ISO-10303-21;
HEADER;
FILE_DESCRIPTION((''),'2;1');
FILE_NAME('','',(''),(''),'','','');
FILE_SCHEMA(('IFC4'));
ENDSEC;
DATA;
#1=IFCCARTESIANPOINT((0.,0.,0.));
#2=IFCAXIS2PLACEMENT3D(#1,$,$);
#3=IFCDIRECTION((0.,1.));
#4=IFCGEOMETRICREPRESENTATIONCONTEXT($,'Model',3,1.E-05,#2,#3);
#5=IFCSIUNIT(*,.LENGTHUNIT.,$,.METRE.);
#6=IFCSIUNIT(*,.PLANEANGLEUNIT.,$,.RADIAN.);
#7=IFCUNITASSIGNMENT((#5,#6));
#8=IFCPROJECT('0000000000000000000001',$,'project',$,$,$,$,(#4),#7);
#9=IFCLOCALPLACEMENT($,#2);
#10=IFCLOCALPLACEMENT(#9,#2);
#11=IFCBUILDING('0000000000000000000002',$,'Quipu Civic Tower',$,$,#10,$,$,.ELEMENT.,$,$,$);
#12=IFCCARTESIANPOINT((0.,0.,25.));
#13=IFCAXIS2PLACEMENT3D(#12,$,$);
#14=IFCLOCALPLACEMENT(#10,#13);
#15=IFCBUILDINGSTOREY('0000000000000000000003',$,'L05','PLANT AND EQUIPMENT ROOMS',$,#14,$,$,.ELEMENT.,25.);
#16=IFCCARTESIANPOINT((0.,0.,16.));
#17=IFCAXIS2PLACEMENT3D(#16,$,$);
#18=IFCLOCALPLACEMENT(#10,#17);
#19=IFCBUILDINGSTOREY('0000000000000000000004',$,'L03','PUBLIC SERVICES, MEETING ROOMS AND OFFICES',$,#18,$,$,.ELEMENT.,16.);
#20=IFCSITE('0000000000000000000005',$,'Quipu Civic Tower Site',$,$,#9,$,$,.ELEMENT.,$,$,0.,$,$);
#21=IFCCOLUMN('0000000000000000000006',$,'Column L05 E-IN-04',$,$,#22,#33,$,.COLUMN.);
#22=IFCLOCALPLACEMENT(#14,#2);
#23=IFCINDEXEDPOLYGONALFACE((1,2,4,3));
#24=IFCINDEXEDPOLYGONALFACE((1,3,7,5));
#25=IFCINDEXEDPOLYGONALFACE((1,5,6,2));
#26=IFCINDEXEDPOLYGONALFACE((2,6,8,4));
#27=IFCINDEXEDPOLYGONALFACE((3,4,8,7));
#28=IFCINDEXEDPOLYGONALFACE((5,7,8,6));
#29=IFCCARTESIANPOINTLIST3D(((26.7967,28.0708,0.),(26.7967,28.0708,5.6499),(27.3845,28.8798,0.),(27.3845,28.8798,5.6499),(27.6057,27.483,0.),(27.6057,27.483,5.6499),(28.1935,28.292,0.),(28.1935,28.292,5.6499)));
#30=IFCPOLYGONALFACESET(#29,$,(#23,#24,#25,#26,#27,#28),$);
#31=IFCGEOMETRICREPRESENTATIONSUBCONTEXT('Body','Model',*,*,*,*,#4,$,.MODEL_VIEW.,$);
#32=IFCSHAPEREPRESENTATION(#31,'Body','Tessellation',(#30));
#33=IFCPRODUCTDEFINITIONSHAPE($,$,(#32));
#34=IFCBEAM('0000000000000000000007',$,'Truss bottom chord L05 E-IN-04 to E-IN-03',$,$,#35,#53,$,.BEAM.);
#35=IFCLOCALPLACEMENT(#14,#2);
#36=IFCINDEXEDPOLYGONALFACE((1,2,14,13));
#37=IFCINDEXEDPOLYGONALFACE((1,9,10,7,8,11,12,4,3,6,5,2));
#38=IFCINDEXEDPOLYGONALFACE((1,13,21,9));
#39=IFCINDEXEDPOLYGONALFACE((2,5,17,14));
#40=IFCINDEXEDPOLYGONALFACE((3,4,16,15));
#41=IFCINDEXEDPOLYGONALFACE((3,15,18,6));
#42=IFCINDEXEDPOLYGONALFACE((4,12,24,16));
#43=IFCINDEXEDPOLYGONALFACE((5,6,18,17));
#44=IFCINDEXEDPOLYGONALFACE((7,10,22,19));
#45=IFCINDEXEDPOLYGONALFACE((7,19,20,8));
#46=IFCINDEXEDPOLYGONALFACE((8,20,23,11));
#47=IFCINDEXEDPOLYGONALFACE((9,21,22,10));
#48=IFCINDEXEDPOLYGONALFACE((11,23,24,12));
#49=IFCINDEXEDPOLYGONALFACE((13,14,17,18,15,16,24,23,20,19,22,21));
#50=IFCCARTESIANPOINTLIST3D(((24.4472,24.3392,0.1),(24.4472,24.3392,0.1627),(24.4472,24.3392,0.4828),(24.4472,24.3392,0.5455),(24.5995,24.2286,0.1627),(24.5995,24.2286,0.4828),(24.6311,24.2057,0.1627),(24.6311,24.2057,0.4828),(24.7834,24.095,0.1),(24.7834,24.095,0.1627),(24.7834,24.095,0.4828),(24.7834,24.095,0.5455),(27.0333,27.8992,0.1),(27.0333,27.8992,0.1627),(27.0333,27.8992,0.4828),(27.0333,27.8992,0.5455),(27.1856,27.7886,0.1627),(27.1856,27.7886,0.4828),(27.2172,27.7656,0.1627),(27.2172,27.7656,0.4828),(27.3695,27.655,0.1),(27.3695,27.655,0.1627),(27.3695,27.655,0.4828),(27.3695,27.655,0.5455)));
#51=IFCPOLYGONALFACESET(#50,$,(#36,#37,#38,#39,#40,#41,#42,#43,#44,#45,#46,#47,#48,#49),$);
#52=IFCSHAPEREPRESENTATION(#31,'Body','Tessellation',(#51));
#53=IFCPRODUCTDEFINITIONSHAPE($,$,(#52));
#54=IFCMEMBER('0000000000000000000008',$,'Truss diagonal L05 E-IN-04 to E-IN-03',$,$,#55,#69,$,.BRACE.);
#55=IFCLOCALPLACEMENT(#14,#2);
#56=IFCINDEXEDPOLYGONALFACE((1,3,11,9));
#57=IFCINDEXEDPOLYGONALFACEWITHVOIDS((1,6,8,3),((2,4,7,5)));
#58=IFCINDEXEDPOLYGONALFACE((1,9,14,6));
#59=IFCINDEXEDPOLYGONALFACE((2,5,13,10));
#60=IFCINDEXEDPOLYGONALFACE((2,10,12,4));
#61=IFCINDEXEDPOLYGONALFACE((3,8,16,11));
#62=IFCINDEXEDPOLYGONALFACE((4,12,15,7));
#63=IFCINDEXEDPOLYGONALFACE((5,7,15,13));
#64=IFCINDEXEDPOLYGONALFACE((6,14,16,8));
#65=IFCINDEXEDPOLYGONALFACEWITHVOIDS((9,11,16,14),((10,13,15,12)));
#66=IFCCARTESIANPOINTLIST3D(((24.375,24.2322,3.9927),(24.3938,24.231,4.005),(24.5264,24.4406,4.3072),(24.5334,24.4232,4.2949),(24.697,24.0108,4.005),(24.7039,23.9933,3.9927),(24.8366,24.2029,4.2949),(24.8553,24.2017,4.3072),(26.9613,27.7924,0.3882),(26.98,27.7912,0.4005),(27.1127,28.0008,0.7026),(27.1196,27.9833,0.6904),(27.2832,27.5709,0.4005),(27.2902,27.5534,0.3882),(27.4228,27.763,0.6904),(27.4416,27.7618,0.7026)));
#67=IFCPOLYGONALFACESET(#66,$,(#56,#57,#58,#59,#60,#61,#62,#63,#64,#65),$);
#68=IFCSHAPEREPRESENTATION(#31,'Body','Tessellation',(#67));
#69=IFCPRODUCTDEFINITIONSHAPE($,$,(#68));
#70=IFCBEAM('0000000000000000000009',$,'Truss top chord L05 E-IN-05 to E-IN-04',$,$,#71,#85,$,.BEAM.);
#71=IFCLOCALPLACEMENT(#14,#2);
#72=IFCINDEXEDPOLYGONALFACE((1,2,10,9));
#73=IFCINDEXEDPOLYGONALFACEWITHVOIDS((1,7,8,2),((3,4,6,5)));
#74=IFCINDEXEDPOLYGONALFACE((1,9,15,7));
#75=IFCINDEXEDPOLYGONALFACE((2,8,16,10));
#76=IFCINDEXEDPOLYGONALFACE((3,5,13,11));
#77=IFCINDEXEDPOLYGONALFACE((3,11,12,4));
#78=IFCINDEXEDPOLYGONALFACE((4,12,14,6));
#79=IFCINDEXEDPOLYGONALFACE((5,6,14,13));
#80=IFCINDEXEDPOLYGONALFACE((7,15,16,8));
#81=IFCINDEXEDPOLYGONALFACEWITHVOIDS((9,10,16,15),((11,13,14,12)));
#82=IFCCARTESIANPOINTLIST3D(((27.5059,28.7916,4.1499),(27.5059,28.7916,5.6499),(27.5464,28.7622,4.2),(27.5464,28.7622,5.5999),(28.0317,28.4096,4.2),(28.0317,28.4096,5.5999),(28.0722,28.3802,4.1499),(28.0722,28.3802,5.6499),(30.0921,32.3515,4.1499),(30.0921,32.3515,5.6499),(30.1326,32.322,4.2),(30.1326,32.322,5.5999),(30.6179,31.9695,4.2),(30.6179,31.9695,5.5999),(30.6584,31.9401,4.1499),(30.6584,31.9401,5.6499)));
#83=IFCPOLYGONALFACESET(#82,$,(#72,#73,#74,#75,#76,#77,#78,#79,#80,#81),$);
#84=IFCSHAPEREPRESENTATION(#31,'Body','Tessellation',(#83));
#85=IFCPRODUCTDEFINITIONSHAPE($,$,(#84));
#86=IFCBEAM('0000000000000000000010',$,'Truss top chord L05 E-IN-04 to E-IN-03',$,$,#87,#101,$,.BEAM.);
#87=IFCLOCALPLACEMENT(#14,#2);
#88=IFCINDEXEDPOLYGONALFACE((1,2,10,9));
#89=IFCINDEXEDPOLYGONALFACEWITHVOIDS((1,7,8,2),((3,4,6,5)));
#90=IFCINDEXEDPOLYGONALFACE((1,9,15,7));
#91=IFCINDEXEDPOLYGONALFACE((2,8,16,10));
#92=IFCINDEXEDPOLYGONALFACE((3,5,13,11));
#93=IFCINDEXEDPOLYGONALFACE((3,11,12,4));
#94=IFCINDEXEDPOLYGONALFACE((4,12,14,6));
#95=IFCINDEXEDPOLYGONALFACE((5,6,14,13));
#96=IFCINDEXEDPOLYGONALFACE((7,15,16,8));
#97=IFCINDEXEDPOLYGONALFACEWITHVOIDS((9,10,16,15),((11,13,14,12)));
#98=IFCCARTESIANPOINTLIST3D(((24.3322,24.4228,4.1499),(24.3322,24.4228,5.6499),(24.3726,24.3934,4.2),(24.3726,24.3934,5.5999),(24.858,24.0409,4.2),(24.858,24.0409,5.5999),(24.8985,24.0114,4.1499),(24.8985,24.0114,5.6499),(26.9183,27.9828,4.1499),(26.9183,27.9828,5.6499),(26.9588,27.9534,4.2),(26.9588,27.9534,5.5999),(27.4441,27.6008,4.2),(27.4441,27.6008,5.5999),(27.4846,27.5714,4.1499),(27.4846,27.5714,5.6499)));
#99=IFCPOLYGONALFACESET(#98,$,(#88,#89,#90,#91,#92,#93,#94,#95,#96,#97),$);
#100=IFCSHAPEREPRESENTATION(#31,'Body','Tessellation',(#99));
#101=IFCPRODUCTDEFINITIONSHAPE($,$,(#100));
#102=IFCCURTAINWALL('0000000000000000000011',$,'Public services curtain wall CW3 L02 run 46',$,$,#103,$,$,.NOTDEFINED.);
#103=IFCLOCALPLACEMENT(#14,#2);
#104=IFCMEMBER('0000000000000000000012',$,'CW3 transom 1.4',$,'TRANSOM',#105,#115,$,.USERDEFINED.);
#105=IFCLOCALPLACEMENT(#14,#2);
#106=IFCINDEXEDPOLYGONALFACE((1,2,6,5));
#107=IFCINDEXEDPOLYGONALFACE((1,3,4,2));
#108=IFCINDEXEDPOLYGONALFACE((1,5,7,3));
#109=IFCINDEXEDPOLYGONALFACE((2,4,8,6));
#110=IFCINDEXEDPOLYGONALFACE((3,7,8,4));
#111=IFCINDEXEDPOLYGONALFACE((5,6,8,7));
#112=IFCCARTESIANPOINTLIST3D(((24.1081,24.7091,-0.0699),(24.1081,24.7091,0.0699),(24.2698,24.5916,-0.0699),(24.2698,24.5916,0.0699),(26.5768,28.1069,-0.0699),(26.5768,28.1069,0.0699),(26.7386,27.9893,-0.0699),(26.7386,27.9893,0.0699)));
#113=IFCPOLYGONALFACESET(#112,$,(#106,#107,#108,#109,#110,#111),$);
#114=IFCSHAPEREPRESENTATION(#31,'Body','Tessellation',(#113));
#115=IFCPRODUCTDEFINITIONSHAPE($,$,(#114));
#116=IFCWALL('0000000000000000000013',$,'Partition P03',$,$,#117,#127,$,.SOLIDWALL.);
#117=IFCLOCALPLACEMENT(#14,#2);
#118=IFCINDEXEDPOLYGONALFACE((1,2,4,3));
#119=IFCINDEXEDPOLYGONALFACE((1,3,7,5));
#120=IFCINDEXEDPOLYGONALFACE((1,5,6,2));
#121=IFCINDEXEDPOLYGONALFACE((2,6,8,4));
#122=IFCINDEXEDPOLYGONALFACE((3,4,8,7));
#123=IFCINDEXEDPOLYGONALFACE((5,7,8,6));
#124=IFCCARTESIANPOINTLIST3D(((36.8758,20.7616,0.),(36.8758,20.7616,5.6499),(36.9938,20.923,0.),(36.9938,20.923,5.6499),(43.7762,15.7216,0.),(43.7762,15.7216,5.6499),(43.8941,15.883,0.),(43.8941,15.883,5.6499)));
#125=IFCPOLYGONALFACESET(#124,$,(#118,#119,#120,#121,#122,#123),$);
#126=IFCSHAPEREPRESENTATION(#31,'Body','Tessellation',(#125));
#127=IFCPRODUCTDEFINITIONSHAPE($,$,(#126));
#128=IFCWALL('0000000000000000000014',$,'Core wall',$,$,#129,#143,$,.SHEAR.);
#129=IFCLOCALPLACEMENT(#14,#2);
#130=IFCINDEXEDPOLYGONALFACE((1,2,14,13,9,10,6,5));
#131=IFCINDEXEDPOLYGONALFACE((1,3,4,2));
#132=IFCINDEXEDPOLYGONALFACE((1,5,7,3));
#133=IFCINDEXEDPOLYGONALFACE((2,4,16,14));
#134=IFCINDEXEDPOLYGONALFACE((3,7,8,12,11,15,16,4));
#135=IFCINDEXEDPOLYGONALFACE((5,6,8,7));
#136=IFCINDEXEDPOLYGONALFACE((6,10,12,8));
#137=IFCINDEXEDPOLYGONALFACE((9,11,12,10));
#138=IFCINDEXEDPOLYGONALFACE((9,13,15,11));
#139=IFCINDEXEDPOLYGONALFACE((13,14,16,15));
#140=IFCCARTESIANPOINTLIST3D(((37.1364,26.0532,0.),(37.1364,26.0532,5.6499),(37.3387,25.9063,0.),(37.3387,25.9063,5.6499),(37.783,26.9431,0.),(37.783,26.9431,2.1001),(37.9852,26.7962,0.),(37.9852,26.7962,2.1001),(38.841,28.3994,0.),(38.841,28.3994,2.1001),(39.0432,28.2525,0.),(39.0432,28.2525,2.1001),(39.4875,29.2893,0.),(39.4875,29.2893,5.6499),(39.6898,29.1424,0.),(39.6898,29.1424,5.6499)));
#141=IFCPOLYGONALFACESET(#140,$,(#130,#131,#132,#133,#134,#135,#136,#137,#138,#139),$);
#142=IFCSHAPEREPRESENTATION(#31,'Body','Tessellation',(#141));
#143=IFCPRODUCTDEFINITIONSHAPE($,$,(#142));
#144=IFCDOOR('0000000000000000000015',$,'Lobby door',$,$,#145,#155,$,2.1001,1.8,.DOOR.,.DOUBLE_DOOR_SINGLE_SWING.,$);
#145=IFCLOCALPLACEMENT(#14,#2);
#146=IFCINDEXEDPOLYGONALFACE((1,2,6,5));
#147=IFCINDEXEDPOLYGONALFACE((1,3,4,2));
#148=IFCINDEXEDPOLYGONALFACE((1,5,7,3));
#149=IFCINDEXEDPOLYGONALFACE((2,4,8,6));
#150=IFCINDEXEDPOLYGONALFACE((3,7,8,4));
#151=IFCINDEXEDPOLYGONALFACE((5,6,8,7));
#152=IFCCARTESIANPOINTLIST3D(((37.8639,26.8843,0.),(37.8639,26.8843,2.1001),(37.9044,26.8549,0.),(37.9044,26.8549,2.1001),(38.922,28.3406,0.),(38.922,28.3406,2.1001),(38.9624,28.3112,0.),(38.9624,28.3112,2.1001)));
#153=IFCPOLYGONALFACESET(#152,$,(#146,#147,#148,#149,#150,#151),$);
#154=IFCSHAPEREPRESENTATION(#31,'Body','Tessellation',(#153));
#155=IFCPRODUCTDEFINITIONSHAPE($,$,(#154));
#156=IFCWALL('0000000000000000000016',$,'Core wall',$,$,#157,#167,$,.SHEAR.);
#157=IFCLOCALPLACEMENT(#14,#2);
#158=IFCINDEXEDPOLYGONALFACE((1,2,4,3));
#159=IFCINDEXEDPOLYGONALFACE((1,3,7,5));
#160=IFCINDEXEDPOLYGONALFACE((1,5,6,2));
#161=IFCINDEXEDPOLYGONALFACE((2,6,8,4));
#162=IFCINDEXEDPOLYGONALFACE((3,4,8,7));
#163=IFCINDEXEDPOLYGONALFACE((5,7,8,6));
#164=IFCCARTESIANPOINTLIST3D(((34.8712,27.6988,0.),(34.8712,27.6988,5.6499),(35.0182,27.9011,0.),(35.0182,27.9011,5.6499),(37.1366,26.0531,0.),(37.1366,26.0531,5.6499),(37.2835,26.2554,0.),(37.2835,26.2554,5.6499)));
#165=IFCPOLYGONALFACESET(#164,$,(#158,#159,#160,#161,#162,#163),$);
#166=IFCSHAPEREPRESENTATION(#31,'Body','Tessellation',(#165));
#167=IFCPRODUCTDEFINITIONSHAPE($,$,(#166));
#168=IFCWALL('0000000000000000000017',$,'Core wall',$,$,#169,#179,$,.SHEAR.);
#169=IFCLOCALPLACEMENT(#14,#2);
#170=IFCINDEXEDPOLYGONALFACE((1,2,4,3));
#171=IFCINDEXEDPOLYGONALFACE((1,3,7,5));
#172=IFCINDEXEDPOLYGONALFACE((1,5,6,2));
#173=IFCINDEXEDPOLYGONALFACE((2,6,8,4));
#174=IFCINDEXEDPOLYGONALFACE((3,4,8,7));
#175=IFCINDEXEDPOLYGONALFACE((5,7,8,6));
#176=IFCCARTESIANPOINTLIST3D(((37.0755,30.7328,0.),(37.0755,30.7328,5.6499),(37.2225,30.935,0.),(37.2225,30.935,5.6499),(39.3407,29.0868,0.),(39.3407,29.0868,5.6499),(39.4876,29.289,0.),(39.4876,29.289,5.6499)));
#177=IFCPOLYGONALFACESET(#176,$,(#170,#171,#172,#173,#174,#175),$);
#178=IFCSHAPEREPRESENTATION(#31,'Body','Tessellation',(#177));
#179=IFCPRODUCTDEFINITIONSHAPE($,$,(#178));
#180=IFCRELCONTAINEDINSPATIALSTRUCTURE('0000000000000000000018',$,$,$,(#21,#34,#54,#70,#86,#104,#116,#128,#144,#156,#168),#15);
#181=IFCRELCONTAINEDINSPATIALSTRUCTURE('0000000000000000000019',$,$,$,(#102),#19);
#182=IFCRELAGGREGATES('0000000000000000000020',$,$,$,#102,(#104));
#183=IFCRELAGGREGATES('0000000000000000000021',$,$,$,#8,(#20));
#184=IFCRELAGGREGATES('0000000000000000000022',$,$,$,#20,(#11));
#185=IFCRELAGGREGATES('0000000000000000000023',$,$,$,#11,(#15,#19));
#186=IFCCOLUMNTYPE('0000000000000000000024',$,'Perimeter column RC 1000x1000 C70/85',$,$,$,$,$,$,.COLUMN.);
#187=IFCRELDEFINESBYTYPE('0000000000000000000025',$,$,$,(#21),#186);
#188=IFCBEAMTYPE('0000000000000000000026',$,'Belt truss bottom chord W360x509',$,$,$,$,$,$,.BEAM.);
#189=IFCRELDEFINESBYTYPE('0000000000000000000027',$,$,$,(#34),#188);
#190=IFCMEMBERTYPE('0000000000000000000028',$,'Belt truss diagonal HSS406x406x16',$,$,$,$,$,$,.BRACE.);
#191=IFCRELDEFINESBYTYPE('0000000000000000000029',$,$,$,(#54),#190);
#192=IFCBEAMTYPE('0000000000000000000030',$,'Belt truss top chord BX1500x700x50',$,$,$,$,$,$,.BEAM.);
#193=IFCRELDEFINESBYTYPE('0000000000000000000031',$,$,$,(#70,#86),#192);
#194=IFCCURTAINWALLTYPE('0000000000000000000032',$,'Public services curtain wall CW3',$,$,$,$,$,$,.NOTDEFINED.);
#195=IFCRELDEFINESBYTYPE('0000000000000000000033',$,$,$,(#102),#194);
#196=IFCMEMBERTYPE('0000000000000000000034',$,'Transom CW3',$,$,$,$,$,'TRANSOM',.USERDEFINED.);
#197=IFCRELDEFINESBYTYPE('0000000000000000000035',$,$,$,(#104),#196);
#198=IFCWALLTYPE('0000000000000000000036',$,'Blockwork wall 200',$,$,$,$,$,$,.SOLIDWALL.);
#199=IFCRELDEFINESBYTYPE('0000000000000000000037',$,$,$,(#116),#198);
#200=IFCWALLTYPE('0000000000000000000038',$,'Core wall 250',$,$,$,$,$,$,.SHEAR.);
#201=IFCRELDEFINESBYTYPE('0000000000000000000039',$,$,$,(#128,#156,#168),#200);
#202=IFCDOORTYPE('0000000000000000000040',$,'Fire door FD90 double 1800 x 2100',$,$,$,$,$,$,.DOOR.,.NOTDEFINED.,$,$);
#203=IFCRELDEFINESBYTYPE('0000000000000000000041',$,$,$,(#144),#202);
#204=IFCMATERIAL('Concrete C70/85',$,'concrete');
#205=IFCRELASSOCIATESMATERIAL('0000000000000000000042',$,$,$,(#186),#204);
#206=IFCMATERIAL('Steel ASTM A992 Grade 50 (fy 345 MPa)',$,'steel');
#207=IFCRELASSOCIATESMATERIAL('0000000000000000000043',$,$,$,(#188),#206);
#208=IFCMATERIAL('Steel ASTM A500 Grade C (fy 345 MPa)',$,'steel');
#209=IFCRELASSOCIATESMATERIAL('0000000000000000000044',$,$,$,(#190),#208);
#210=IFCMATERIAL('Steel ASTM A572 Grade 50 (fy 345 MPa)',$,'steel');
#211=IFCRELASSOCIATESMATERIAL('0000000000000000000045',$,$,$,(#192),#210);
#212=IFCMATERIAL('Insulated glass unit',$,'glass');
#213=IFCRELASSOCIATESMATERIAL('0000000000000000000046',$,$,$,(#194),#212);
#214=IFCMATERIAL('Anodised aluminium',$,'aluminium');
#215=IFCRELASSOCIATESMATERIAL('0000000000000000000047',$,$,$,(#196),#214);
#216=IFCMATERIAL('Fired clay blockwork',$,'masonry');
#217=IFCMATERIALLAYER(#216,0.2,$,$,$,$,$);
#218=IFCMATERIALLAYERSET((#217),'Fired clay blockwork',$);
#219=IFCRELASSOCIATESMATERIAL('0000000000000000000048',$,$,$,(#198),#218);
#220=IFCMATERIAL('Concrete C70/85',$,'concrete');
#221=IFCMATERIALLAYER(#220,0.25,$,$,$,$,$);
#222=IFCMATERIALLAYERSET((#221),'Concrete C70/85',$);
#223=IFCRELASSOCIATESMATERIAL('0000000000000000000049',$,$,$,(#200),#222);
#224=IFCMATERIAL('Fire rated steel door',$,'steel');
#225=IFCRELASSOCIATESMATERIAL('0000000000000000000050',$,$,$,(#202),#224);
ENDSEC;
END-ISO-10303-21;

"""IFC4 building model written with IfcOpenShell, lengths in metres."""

from ifc_helpers import new_model, si_unit, direction, frame, frame_2d, origin, origin_2d, place, context, subcontext, project, spatial, rectangle, hollow_rectangle, i_section, extrude, material, layer, layer_set, material_profile, profile_set, type_object, element, fill, aggregate, save


model = new_model("IFC4")

# Units and contexts
model_context = context("Model", 3, precision=1e-05, world=origin(), true_north=direction((0.0, 1.0)))
body_context = subcontext(model_context, "Body", "Model", "MODEL_VIEW")
ifc_project = project(units=[si_unit("LENGTHUNIT", "METRE"), si_unit("PLANEANGLEUNIT", "RADIAN")], contexts=[model_context])

# Site, building, storey
site_placement = place(None, origin())
site = spatial("IfcSite", under=ifc_project, at=site_placement, Name="Quipu Civic Tower Site", CompositionType="ELEMENT", RefElevation=0.0)
building_placement = place(site_placement, origin())
building = spatial("IfcBuilding", under=site, at=building_placement, Name="Quipu Civic Tower", CompositionType="ELEMENT")
storey_1_placement = place(building_placement, frame((0.0, 0.0, 25.0)))
storey_1 = spatial("IfcBuildingStorey", under=building, at=storey_1_placement, Name="L05", Description="PLANT AND EQUIPMENT ROOMS", CompositionType="ELEMENT", Elevation=25.0)

# Column
ifc_material_1 = material(Name="Concrete C70/85", Category="concrete")
ifc_material_profile_1 = material_profile(ifc_material_1, rectangle(XDim=1.0, YDim=1.0, at=origin_2d()), Name="RC1000x1000")
ifc_profile_set_1 = profile_set([ifc_material_profile_1], Name="Concrete C70/85")
column_type = type_object("IfcColumnType", Name="Perimeter column RC 1000x1000 C70/85", PredefinedType="COLUMN", material=ifc_profile_set_1)
column_placement = place(storey_1_placement, frame((27.4951, 28.1814, 0.0), z_axis=(0.0, 0.0, 1.0), x_axis=(-0.587785, -0.809017, 0.0)))
element("IfcColumn", 1, at=column_placement, inside=storey_1, type_object=column_type, Name="Column L05 E-IN-04", PredefinedType="COLUMN", context=body_context, shape_type="SweptSolid", body=[
    extrude(rectangle(XDim=1.0, YDim=1.0, at=origin_2d()), origin(), (0.0, 0.0, 1.0), 5.6499),
])

# Beam
ifc_material_2 = material(Name="Steel ASTM A992 Grade 50 (fy 345 MPa)", Category="steel")
ifc_material_profile_2 = material_profile(ifc_material_2, i_section(OverallWidth=0.4155, OverallDepth=0.4456, WebThickness=0.0391, FlangeThickness=0.0627, at=origin_2d()), Name="W360x509")
ifc_profile_set_2 = profile_set([ifc_material_profile_2], Name="Steel ASTM A992 Grade 50 (fy 345 MPa)")
beam_type_1 = type_object("IfcBeamType", Name="Belt truss bottom chord W360x509", PredefinedType="BEAM", material=ifc_profile_set_2)
beam_placement = place(storey_1_placement, frame((27.2014, 27.7771, 0.3228), z_axis=(-0.587733, -0.809055, 0.0), x_axis=(0.809055, -0.587733, 0.0)))
element("IfcBeam", 2, at=beam_placement, inside=storey_1, type_object=beam_type_1, Name="Truss bottom chord L05 E-IN-04 to E-IN-03", PredefinedType="BEAM", context=body_context, shape_type="SweptSolid", body=[
    extrude(i_section(OverallWidth=0.4155, OverallDepth=0.4456, WebThickness=0.0391, FlangeThickness=0.0627, at=origin_2d()), origin(), (0.0, 0.0, 1.0), 4.4001),
])

# Member
ifc_material_3 = material(Name="Steel ASTM A500 Grade C (fy 345 MPa)", Category="steel")
ifc_material_profile_3 = material_profile(ifc_material_3, hollow_rectangle(XDim=0.4065, YDim=0.4065, WallThickness=0.0159, at=origin_2d()), Name="HSS406x406x16")
ifc_profile_set_3 = profile_set([ifc_material_profile_3], Name="Steel ASTM A500 Grade C (fy 345 MPa)")
member_type_1 = type_object("IfcMemberType", Name="Belt truss diagonal HSS406x406x16", PredefinedType="BRACE", material=ifc_profile_set_3)
member_1_placement = place(storey_1_placement, frame((27.2014, 27.7771, 0.5454), z_axis=(-0.454664, -0.625876, 0.633688), x_axis=(0.809055, -0.587733, 0.0)))
element("IfcMember", 3, at=member_1_placement, inside=storey_1, type_object=member_type_1, Name="Truss diagonal L05 E-IN-04 to E-IN-03", PredefinedType="BRACE", context=body_context, shape_type="SweptSolid", body=[
    extrude(hollow_rectangle(XDim=0.4065, YDim=0.4065, WallThickness=0.0159, at=origin_2d()), origin(), (0.0, 0.0, 1.0), 5.6882),
])

# Beams
ifc_material_4 = material(Name="Steel ASTM A572 Grade 50 (fy 345 MPa)", Category="steel")
ifc_material_profile_4 = material_profile(ifc_material_4, hollow_rectangle(XDim=0.7, YDim=1.5, WallThickness=0.05, at=origin_2d()), Name="BX1500x700x50")
ifc_profile_set_4 = profile_set([ifc_material_profile_4], Name="Steel ASTM A572 Grade 50 (fy 345 MPa)")
beam_type_2 = type_object("IfcBeamType", Name="Belt truss top chord BX1500x700x50", PredefinedType="BEAM", material=ifc_profile_set_4)
for number, where, z_axis, x_axis, name in (
    (4, (30.3752, 32.1458, 4.8999), (-0.587759, -0.809036, 0.0), (0.809036, -0.587759, 0.0), "Truss top chord L05 E-IN-05 to E-IN-04"),
    (5, (27.2014, 27.7771, 4.8999), (-0.587733, -0.809055, 0.0), (0.809055, -0.587733, 0.0), "Truss top chord L05 E-IN-04 to E-IN-03"),
):
    element("IfcBeam", number, at=place(storey_1_placement, frame(where, z_axis=z_axis, x_axis=x_axis)), inside=storey_1, type_object=beam_type_2, Name=name, PredefinedType="BEAM", context=body_context, shape_type="SweptSolid", body=[
        extrude(hollow_rectangle(XDim=0.7, YDim=1.5, WallThickness=0.05, at=origin_2d()), origin(), (0.0, 0.0, 1.0), 4.4001),
    ])

# Shared definitions
storey_2_placement = place(building_placement, frame((0.0, 0.0, 16.0)))
storey_2 = spatial("IfcBuildingStorey", under=building, at=storey_2_placement, Name="L03", Description="PUBLIC SERVICES, MEETING ROOMS AND OFFICES", CompositionType="ELEMENT", Elevation=16.0)

# Curtain wall, member
ifc_material_5 = material(Name="Insulated glass unit", Category="glass")
curtain_wall_type = type_object("IfcCurtainWallType", Name="Public services curtain wall CW3", PredefinedType="NOTDEFINED", material=ifc_material_5)
curtain_wall_placement = place(storey_2_placement, origin())
curtain_wall = element("IfcCurtainWall", 6, at=curtain_wall_placement, inside=storey_2, type_object=curtain_wall_type, Name="Public services curtain wall CW3 L02 run 46", PredefinedType="NOTDEFINED")
ifc_material_6 = material(Name="Anodised aluminium", Category="aluminium")
ifc_material_profile_5 = material_profile(ifc_material_6, rectangle(XDim=0.2, YDim=0.1399, at=origin_2d()), Name="RECT 200x140")
ifc_profile_set_5 = profile_set([ifc_material_profile_5], Name="Anodised aluminium")
member_type_2 = type_object("IfcMemberType", Name="Transom CW3", ElementType="TRANSOM", PredefinedType="USERDEFINED", material=ifc_profile_set_5)
member_2_placement = place(storey_1_placement, frame((26.6577, 28.0481, 0.0), z_axis=(-0.587812, -0.808997, 0.0), x_axis=(0.808997, -0.587812, 0.0)))
member_2 = element("IfcMember", 7, at=member_2_placement, inside=storey_1, type_object=member_type_2, Name="CW3 transom 1.4", ObjectType="TRANSOM", PredefinedType="USERDEFINED", context=body_context, shape_type="SweptSolid", body=[
    extrude(rectangle(XDim=0.2, YDim=0.1399, at=origin_2d()), origin(), (0.0, 0.0, 1.0), 4.2),
])
aggregate(curtain_wall, [member_2])

# Wall
ifc_material_7 = material(Name="Fired clay blockwork", Category="masonry")
ifc_layer_1 = layer(ifc_material_7, 0.2)
ifc_layer_set_1 = layer_set([ifc_layer_1], Name="Fired clay blockwork")
wall_type_1 = type_object("IfcWallType", Name="Blockwork wall 200", PredefinedType="SOLIDWALL", material=ifc_layer_set_1)
wall_1_placement = place(storey_1_placement, frame((36.9348, 20.8423, 0.0), z_axis=(0.0, 0.0, 1.0), x_axis=(0.807533, -0.589822, 0.0)))
element("IfcWall", 8, at=wall_1_placement, inside=storey_1, type_object=wall_type_1, Name="Partition P03", PredefinedType="SOLIDWALL", context=body_context, shape_type="SweptSolid", body=[
    extrude(rectangle(XDim=8.5449, YDim=0.2, at=frame_2d((4.2725, 0.0))), origin(), (0.0, 0.0, 1.0), 5.6499),
])

# Wall, opening, door
ifc_material_8 = material(Name="Concrete C70/85", Category="concrete")
ifc_layer_2 = layer(ifc_material_8, 0.25)
ifc_layer_set_2 = layer_set([ifc_layer_2], Name="Concrete C70/85")
wall_type_2 = type_object("IfcWallType", Name="Core wall 250", PredefinedType="SHEAR", material=ifc_layer_set_2)
wall_2_placement = place(storey_1_placement, frame((37.2375, 25.9797, 0.0), z_axis=(0.0, 0.0, 1.0), x_axis=(0.587772, 0.809026, 0.0)))
wall_2 = element("IfcWall", 9, at=wall_2_placement, inside=storey_1, type_object=wall_type_2, Name="Core wall", PredefinedType="SHEAR", context=body_context, shape_type="SweptSolid", body=[
    extrude(rectangle(XDim=4.0, YDim=0.25, at=frame_2d((2.0, 0.0))), origin(), (0.0, 0.0, 1.0), 5.6499),
])
opening_1_placement = place(wall_2_placement, frame((1.1001, 0.0, 0.0)))
opening_1 = element("IfcOpeningElement", 10, at=opening_1_placement, cuts=wall_2, PredefinedType="OPENING", context=body_context, shape_type="SweptSolid", body=[
    extrude(rectangle(XDim=1.8, YDim=2.1001, at=frame_2d((0.8999, 1.05))), frame((0.0, 0.135, 0.0), z_axis=(0.0, -1.0, 0.0), x_axis=(1.0, 0.0, 0.0)), (0.0, 0.0, 1.0), 0.27),
])
ifc_material_9 = material(Name="Fire rated steel door", Category="steel")
door_type_1 = type_object("IfcDoorType", Name="Fire door FD90 double 1800 x 2100", OperationType="NOTDEFINED", PredefinedType="DOOR", material=ifc_material_9)
door_1_placement = place(opening_1_placement, origin())
door_1 = element("IfcDoor", 11, at=door_1_placement, inside=storey_1, type_object=door_type_1, Name="Lobby door", OperationType="DOUBLE_DOOR_SINGLE_SWING", OverallHeight=2.1001, OverallWidth=1.8, PredefinedType="DOOR", context=body_context, shape_type="SweptSolid", body=[
    extrude(rectangle(XDim=1.8, YDim=2.1001, at=frame_2d((0.8999, 1.05))), frame((0.0, 0.0249, 0.0), z_axis=(0.0, -1.0, 0.0), x_axis=(1.0, 0.0, 0.0)), (0.0, 0.0, 1.0), 0.05),
])
fill(opening_1, door_1)

# Walls
for number, where, z_axis, x_axis, name in (
    (12, (37.21, 26.1543, 0.0), (0.0, 0.0, 1.0), (-0.809041, 0.587752, 0.0), "Core wall"),
    (13, (39.4141, 29.188, 0.0), (0.0, 0.0, 1.0), (-0.80897, 0.58785, 0.0), "Core wall"),
):
    element("IfcWall", number, at=place(storey_1_placement, frame(where, z_axis=z_axis, x_axis=x_axis)), inside=storey_1, type_object=wall_type_2, Name=name, PredefinedType="SHEAR", context=body_context, shape_type="SweptSolid", body=[
        extrude(rectangle(XDim=2.8, YDim=0.25, at=frame_2d((1.3999, 0.0))), origin(), (0.0, 0.0, 1.0), 5.6499),
    ])

save(model, "model.ifc")
